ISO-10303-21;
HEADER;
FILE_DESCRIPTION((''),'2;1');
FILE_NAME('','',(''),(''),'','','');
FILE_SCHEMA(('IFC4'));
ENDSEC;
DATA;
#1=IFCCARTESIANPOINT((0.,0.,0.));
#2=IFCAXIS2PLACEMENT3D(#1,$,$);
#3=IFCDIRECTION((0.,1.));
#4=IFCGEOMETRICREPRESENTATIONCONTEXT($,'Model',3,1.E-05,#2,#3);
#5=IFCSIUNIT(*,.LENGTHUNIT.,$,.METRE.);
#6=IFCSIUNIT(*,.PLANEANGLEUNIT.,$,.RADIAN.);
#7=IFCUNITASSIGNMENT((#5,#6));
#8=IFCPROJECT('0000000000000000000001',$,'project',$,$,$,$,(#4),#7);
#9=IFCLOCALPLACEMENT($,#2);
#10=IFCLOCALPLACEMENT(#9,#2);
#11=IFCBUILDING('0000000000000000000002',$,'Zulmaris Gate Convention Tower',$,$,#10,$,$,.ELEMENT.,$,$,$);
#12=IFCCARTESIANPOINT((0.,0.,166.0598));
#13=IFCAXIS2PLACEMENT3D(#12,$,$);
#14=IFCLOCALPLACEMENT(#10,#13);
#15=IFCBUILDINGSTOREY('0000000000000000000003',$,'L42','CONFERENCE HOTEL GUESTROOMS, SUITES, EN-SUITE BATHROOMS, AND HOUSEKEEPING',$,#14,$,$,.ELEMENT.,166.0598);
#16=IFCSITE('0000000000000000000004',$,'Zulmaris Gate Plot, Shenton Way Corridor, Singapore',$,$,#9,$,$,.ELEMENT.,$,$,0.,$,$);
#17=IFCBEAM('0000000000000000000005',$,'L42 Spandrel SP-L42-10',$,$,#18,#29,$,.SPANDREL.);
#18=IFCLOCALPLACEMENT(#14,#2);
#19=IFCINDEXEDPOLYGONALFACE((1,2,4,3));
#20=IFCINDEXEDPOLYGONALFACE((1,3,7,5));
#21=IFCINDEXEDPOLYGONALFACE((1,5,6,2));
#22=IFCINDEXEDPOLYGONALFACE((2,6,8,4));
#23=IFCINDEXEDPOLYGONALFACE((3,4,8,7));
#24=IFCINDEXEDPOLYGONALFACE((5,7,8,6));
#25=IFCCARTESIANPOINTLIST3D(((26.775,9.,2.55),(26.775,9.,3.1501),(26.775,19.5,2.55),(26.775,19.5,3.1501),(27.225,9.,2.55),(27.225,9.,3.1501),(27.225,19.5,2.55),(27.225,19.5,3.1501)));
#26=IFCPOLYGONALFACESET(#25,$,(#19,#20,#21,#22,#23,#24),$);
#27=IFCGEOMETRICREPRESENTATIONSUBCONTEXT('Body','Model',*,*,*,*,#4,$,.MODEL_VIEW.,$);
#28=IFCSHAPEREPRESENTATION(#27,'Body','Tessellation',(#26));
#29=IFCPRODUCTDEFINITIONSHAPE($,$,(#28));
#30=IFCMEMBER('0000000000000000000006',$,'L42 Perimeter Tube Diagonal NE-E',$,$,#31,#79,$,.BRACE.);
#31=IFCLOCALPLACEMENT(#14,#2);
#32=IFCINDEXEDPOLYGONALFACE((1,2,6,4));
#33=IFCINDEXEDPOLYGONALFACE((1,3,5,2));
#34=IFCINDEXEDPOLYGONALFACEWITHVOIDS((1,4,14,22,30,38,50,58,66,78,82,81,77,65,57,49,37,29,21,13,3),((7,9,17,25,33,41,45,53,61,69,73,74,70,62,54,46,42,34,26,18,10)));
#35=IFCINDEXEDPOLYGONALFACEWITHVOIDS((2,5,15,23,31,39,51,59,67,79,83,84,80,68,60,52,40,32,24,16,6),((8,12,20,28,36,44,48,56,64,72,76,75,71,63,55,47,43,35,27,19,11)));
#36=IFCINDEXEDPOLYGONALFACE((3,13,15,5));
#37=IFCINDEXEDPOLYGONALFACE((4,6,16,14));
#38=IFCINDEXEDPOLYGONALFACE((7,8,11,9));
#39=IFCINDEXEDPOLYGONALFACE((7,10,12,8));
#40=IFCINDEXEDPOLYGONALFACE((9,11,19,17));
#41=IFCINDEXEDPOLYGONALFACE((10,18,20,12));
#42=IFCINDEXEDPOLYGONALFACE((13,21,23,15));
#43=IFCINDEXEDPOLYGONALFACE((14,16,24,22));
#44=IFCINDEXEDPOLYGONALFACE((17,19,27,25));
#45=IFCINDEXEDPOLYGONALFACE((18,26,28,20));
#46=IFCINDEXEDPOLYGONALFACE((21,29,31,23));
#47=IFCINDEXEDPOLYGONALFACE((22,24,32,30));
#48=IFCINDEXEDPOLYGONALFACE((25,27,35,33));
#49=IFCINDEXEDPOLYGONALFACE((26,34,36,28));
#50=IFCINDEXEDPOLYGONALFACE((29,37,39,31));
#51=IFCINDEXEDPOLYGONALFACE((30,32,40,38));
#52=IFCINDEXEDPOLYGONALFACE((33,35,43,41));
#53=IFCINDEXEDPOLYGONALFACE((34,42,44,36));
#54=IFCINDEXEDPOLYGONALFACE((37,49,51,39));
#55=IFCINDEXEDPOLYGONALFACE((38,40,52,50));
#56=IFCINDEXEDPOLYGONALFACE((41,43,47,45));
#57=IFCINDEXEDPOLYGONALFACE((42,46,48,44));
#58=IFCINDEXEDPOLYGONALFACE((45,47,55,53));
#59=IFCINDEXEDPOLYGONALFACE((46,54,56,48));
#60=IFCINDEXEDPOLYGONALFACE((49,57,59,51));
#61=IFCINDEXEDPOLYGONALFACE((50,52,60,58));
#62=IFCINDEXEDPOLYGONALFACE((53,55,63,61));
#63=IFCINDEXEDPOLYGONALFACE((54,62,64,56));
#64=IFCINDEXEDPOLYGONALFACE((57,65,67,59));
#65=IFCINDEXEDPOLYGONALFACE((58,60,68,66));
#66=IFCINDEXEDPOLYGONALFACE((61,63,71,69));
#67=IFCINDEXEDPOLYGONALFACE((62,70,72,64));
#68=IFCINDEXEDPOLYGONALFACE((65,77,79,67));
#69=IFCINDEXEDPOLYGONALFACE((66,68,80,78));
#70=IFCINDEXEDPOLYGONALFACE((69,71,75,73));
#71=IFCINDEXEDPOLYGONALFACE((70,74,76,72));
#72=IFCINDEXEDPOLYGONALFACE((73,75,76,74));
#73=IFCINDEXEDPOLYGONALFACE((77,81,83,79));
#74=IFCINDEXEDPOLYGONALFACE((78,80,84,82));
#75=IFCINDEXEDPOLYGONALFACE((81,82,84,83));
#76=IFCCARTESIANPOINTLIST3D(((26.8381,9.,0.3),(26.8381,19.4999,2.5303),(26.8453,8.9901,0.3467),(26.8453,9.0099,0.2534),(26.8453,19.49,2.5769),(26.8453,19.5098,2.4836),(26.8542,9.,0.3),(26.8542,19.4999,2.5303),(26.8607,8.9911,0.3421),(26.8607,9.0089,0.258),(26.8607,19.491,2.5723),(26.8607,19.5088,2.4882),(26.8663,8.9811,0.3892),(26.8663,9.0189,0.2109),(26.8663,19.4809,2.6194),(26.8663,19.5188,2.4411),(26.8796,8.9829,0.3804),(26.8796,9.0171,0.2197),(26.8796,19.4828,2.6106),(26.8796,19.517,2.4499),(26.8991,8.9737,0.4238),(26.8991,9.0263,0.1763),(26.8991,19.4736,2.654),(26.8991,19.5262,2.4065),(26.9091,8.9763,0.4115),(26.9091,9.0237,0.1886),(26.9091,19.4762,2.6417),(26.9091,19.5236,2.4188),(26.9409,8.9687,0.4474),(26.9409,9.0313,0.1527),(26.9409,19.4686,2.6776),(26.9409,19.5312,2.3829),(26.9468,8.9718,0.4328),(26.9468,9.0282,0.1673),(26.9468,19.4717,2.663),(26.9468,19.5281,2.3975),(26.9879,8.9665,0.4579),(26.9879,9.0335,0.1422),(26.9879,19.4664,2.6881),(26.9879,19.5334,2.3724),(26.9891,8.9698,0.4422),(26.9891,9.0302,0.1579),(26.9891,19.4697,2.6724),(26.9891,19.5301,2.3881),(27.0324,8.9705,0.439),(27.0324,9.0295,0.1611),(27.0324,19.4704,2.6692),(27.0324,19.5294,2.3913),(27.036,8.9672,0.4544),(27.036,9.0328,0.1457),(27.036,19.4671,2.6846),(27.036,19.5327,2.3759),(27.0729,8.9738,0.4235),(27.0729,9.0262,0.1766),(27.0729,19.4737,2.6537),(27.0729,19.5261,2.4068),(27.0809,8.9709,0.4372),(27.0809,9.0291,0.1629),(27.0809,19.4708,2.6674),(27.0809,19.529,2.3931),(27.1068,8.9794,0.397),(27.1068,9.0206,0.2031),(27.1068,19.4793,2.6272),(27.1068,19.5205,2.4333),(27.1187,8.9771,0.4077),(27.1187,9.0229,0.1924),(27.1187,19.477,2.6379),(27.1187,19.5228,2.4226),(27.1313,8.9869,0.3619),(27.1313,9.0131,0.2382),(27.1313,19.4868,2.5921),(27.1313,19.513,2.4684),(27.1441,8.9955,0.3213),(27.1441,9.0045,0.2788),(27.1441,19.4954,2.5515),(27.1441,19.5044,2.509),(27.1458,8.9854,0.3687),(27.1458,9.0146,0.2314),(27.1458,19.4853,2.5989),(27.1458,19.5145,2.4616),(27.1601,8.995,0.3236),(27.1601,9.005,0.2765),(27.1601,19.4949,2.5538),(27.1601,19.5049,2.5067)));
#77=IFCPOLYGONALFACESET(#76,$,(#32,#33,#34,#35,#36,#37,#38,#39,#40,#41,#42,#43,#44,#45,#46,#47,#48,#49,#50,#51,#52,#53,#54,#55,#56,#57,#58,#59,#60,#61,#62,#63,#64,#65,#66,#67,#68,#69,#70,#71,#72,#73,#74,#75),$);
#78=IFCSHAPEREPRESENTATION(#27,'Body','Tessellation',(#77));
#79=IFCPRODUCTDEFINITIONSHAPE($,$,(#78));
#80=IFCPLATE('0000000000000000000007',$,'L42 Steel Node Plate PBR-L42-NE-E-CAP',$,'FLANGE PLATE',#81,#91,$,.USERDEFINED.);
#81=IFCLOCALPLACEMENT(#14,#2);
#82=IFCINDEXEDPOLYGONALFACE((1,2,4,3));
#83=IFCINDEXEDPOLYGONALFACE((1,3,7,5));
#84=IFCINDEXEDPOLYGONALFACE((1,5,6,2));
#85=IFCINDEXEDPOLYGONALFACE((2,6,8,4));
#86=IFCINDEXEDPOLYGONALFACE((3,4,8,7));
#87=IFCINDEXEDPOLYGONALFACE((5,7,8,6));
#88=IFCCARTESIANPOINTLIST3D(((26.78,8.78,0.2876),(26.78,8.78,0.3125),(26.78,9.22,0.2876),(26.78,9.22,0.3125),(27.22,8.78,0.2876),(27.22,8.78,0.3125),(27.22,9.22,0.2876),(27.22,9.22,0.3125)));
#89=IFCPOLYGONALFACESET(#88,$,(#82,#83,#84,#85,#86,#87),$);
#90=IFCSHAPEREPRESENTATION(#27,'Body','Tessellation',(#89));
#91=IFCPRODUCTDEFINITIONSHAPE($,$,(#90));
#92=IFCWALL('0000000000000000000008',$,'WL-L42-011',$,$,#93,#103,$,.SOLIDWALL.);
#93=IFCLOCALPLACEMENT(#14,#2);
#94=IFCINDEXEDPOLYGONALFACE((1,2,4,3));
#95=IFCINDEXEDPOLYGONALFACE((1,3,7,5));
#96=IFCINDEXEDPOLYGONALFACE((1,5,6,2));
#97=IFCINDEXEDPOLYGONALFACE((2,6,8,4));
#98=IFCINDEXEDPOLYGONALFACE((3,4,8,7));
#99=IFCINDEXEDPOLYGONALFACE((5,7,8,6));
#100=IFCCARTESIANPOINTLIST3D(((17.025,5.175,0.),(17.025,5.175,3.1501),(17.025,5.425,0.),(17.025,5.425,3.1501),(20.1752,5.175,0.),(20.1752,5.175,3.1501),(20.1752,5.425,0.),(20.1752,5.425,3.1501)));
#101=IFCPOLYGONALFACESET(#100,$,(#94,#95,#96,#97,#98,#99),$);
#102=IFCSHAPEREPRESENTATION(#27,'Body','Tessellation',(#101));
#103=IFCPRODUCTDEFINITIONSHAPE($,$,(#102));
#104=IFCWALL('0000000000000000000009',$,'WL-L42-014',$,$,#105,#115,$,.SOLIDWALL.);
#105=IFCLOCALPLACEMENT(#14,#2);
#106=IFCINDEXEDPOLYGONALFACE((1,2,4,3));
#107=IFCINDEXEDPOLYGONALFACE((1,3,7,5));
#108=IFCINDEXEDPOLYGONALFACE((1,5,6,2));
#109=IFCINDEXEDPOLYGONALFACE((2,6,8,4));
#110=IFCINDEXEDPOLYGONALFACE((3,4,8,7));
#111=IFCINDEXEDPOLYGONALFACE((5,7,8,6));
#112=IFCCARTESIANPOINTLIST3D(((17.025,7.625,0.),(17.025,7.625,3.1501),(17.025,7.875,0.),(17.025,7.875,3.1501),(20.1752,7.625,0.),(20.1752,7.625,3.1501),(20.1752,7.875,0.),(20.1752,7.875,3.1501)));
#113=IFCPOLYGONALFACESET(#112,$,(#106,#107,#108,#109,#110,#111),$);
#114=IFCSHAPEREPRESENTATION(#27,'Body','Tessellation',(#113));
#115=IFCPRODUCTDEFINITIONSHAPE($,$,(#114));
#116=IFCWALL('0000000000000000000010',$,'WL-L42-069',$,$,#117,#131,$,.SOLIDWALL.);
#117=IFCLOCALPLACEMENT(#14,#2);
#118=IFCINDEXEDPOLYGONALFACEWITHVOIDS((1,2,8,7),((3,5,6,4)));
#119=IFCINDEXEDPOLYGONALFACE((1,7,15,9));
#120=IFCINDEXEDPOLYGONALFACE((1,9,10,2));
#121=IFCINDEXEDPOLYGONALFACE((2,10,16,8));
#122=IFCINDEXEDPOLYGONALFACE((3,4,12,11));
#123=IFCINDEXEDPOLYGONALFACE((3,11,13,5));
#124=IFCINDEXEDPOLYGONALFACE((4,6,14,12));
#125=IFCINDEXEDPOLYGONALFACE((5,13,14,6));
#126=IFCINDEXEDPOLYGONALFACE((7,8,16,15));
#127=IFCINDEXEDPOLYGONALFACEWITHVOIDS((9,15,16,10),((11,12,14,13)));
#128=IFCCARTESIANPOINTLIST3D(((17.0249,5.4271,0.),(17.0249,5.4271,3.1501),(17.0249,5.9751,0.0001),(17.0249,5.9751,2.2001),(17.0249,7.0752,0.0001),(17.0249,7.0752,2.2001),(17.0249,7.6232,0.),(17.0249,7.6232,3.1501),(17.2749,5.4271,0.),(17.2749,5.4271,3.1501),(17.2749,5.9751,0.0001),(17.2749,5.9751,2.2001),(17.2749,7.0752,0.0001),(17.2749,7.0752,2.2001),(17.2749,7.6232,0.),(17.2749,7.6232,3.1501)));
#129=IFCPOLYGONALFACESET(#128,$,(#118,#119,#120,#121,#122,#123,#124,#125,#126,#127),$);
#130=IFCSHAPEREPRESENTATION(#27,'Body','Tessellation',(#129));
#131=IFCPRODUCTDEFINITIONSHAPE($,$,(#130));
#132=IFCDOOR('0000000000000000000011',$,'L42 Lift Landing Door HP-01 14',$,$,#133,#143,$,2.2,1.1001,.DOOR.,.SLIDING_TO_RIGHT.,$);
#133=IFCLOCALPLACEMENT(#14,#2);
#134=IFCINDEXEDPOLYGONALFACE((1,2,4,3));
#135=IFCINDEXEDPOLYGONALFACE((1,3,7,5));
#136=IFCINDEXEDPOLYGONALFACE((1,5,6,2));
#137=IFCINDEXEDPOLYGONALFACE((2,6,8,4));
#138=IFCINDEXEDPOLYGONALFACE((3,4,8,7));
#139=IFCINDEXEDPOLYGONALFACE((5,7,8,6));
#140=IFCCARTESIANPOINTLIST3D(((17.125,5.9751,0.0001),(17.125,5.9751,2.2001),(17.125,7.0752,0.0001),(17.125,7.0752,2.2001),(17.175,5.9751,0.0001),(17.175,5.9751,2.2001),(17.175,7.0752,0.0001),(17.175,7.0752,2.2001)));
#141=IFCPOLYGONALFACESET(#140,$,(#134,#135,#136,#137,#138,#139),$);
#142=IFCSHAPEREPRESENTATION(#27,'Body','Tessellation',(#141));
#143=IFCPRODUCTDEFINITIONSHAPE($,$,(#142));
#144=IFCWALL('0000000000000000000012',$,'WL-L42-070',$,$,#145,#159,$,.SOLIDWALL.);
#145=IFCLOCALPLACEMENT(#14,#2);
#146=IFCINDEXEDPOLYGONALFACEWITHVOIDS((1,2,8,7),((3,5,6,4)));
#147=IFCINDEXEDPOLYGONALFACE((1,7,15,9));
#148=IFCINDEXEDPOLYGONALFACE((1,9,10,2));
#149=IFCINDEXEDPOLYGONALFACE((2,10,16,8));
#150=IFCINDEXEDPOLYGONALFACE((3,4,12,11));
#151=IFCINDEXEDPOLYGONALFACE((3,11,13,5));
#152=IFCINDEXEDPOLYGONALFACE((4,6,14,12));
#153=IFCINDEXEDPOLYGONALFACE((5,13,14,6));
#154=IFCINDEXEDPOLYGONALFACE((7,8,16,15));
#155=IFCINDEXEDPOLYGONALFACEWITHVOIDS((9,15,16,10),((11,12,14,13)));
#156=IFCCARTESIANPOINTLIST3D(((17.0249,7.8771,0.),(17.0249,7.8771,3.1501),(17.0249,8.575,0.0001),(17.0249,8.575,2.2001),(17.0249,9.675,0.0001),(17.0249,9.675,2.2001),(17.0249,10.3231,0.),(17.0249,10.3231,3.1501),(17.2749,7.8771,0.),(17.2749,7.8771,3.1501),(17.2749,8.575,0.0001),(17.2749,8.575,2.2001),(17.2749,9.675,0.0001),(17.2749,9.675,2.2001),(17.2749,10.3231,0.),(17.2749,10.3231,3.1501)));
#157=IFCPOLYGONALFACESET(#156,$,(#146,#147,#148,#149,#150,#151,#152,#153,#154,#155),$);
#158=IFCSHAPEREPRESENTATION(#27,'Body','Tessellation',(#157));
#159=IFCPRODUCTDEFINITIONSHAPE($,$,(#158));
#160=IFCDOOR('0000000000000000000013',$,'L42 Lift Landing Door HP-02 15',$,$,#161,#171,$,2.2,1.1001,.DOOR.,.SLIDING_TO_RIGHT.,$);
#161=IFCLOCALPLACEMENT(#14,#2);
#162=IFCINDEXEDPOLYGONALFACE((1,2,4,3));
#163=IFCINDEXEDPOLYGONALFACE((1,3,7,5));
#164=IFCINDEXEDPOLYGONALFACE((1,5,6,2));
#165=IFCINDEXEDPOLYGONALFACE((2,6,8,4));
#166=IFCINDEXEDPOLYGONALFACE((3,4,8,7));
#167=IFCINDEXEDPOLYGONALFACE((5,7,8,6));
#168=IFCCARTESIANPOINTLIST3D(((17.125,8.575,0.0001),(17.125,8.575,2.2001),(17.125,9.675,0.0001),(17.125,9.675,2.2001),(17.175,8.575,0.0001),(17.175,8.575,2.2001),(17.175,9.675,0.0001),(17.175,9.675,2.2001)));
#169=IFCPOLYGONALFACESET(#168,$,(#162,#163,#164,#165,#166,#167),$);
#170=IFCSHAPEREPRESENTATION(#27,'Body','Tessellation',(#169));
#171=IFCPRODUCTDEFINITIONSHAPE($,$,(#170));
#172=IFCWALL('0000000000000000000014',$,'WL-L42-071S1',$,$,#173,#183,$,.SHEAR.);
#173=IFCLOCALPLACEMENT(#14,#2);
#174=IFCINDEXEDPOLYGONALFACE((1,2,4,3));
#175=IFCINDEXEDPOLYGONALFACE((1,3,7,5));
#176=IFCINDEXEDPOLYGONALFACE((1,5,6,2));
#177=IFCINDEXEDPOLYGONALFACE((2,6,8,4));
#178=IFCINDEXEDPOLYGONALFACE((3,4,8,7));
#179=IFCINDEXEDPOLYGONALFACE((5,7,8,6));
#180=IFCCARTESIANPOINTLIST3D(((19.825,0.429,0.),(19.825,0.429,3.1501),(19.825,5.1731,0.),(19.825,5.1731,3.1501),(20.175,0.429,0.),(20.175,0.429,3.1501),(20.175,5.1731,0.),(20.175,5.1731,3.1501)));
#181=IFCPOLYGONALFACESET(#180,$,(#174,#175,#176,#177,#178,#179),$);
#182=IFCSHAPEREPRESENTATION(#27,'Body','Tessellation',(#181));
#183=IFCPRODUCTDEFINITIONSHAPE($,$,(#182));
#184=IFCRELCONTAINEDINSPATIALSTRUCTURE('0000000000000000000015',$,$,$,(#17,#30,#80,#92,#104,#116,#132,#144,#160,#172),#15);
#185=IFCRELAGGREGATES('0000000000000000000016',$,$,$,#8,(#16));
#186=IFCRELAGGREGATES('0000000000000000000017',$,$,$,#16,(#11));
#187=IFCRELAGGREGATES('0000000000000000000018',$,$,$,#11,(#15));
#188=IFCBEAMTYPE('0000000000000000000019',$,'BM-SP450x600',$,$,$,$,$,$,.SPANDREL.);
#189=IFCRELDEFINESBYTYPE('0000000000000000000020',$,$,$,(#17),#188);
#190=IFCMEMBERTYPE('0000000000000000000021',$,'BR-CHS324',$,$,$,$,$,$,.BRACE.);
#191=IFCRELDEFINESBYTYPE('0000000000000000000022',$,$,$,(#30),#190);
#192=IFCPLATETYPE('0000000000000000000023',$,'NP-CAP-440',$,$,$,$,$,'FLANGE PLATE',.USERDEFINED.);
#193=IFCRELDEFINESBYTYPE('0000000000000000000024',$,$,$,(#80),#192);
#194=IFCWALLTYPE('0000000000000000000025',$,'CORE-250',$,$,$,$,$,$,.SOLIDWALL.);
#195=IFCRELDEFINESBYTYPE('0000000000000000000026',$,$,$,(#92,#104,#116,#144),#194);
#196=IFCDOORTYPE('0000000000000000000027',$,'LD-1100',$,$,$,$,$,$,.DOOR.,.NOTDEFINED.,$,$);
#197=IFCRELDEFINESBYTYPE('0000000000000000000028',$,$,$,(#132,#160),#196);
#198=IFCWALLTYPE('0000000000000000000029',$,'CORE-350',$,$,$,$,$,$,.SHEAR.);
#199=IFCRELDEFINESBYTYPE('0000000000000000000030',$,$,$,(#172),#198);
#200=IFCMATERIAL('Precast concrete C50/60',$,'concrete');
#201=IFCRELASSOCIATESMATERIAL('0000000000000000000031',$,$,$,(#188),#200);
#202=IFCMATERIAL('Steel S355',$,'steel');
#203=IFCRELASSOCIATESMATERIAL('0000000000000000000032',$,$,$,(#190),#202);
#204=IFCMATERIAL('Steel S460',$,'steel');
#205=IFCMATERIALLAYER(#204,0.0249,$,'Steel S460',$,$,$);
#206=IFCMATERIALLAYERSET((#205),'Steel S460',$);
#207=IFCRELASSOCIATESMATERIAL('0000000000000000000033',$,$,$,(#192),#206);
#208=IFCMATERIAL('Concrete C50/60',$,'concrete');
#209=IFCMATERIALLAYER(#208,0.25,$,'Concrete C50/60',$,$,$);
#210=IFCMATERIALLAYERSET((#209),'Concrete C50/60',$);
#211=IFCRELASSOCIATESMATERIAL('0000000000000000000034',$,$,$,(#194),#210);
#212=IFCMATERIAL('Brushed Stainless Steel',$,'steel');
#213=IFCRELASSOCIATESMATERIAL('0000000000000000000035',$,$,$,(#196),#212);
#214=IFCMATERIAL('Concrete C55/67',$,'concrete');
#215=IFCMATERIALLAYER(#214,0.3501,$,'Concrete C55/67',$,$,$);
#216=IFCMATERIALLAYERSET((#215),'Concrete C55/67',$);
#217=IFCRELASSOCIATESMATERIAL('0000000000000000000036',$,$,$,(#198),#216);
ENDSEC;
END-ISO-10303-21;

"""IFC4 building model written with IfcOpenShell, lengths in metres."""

from ifc_helpers import new_model, si_unit, direction, frame, frame_2d, origin, origin_2d, place, context, subcontext, project, spatial, rectangle, hollow_circle, extrude, material, layer, layer_set, material_profile, profile_set, type_object, element, fill, save


model = new_model("IFC4")

# Units and contexts
model_context = context("Model", 3, precision=1e-05, world=origin(), true_north=direction((0.0, 1.0)))
body_context = subcontext(model_context, "Body", "Model", "MODEL_VIEW")
ifc_project = project(units=[si_unit("LENGTHUNIT", "METRE"), si_unit("PLANEANGLEUNIT", "RADIAN")], contexts=[model_context])

# Site, building, storey
site_placement = place(None, origin())
site = spatial("IfcSite", under=ifc_project, at=site_placement, Name="Zulmaris Gate Plot, Shenton Way Corridor, Singapore", CompositionType="ELEMENT", RefElevation=0.0)
building_placement = place(site_placement, origin())
building = spatial("IfcBuilding", under=site, at=building_placement, Name="Zulmaris Gate Convention Tower", CompositionType="ELEMENT")
storey_placement = place(building_placement, frame((0.0, 0.0, 166.0598)))
storey = spatial("IfcBuildingStorey", under=building, at=storey_placement, Name="L42", Description="CONFERENCE HOTEL GUESTROOMS, SUITES, EN-SUITE BATHROOMS, AND HOUSEKEEPING", CompositionType="ELEMENT", Elevation=166.0598)

# Beam
ifc_material_1 = material(Name="Steel S355", Category="steel")
ifc_material_2 = material(Name="Concrete C50/60", Category="concrete")
ifc_material_3 = material(Name="Precast concrete C50/60", Category="concrete")
ifc_material_profile_1 = material_profile(ifc_material_3, rectangle(XDim=0.45, YDim=0.6001, at=origin_2d()), Name="RC SPANDREL 450x600")
ifc_profile_set_1 = profile_set([ifc_material_profile_1], Name="Precast concrete C50/60")
beam_type_1 = type_object("IfcBeamType", Name="BM-SP450x600", PredefinedType="SPANDREL", material=ifc_profile_set_1)
beam_1_placement = place(storey_placement, frame((27.0, 9.0, 2.8501), z_axis=(0.0, 1.0, 0.0), x_axis=(-1.0, 0.0, 0.0)))
element("IfcBeam", 1, at=beam_1_placement, inside=storey, type_object=beam_type_1, Name="L42 Spandrel SP-L42-10", PredefinedType="SPANDREL", context=body_context, shape_type="SweptSolid", body=[
    extrude(rectangle(XDim=0.45, YDim=0.6001, at=origin_2d()), origin(), (0.0, 0.0, 1.0), 10.5),
])

# Member
ifc_material_profile_2 = material_profile(ifc_material_1, hollow_circle(Radius=0.1619, WallThickness=0.0161, at=origin_2d()), Name="CHS 323.9x16")
ifc_profile_set_2 = profile_set([ifc_material_profile_2], Name="Steel S355")
member_type = type_object("IfcMemberType", Name="BR-CHS324", PredefinedType="BRACE", material=ifc_profile_set_2)
member_placement = place(storey_placement, frame((27.0, 9.0, 0.3), z_axis=(0.0, 0.978178, 0.207767), x_axis=(-1.0, 0.0, 0.0)))
element("IfcMember", 2, at=member_placement, inside=storey, type_object=member_type, Name="L42 Perimeter Tube Diagonal NE-E", PredefinedType="BRACE", context=body_context, shape_type="SweptSolid", body=[
    extrude(hollow_circle(Radius=0.1619, WallThickness=0.0161, at=origin_2d()), origin(), (0.0, 0.0, 1.0), 10.7341),
])

# Plate
ifc_material_4 = material(Name="Steel S460", Category="steel")
ifc_layer_1 = layer(ifc_material_4, 0.0249, Name="Steel S460")
ifc_layer_set_1 = layer_set([ifc_layer_1], Name="Steel S460")
plate_type = type_object("IfcPlateType", Name="NP-CAP-440", ElementType="FLANGE PLATE", PredefinedType="USERDEFINED", material=ifc_layer_set_1)
plate_placement = place(storey_placement, frame((27.0, 9.0, 0.2876), z_axis=(0.0, 0.0, 1.0), x_axis=(1.0, 0.0, 0.0)))
element("IfcPlate", 3, at=plate_placement, inside=storey, type_object=plate_type, Name="L42 Steel Node Plate PBR-L42-NE-E-CAP", ObjectType="FLANGE PLATE", PredefinedType="USERDEFINED", context=body_context, shape_type="SweptSolid", body=[
    extrude(rectangle(XDim=0.4399, YDim=0.4399, at=origin_2d()), origin(), (0.0, 0.0, 1.0), 0.0249),
])

# Walls
ifc_layer_2 = layer(ifc_material_2, 0.25, Name="Concrete C50/60")
ifc_layer_set_2 = layer_set([ifc_layer_2], Name="Concrete C50/60")
wall_type_1 = type_object("IfcWallType", Name="CORE-250", PredefinedType="SOLIDWALL", material=ifc_layer_set_2)
for number, where, z_axis, x_axis, name in (
    (4, (17.0249, 5.3, 0.0), (0.0, 0.0, 1.0), (1.0, 0.0, 0.0), "WL-L42-011"),
    (5, (17.0249, 7.75, 0.0), (0.0, 0.0, 1.0), (1.0, 0.0, 0.0), "WL-L42-014"),
):
    element("IfcWall", number, at=place(storey_placement, frame(where, z_axis=z_axis, x_axis=x_axis)), inside=storey, type_object=wall_type_1, Name=name, PredefinedType="SOLIDWALL", context=body_context, shape_type="SweptSolid", body=[
        extrude(rectangle(XDim=3.1501, YDim=0.25, at=frame_2d((1.5752, 0.0))), origin(), (0.0, 0.0, 1.0), 3.1501),
    ])

# Walls, openings, doors
wall_1_placement = place(storey_placement, frame((17.1499, 5.427, 0.0), z_axis=(0.0, 0.0, 1.0), x_axis=(0.0, 1.0, 0.0)))
wall_1 = element("IfcWall", 6, at=wall_1_placement, inside=storey, type_object=wall_type_1, Name="WL-L42-069", PredefinedType="SOLIDWALL", context=body_context, shape_type="SweptSolid", body=[
    extrude(rectangle(XDim=2.196, YDim=0.25, at=frame_2d((1.0981, 0.0))), origin(), (0.0, 0.0, 1.0), 3.1501),
])
opening_1_placement = place(wall_1_placement, frame((0.5481, 0.0, 0.0)))
opening_1 = element("IfcOpeningElement", 7, at=opening_1_placement, cuts=wall_1, PredefinedType="OPENING", context=body_context, shape_type="SweptSolid", body=[
    extrude(rectangle(XDim=1.1001, YDim=2.2, at=frame_2d((0.55, 1.1001))), frame((0.0, 0.135, 0.0), z_axis=(0.0, -1.0, 0.0), x_axis=(1.0, 0.0, 0.0)), (0.0, 0.0, 1.0), 0.27),
])
ifc_material_5 = material(Name="Brushed Stainless Steel", Category="steel")
door_type = type_object("IfcDoorType", Name="LD-1100", OperationType="NOTDEFINED", PredefinedType="DOOR", material=ifc_material_5)
door_1_placement = place(opening_1_placement, origin())
door_1 = element("IfcDoor", 8, at=door_1_placement, inside=storey, type_object=door_type, Name="L42 Lift Landing Door HP-01 14", OperationType="SLIDING_TO_RIGHT", OverallHeight=2.2, OverallWidth=1.1001, PredefinedType="DOOR", context=body_context, shape_type="SweptSolid", body=[
    extrude(rectangle(XDim=1.1001, YDim=2.2, at=frame_2d((0.55, 1.1001))), frame((0.0, 0.0249, 0.0), z_axis=(0.0, -1.0, 0.0), x_axis=(1.0, 0.0, 0.0)), (0.0, 0.0, 1.0), 0.05),
])
fill(opening_1, door_1)
wall_2_placement = place(storey_placement, frame((17.1499, 7.877, 0.0), z_axis=(0.0, 0.0, 1.0), x_axis=(0.0, 1.0, 0.0)))
wall_2 = element("IfcWall", 9, at=wall_2_placement, inside=storey, type_object=wall_type_1, Name="WL-L42-070", PredefinedType="SOLIDWALL", context=body_context, shape_type="SweptSolid", body=[
    extrude(rectangle(XDim=2.446, YDim=0.25, at=frame_2d((1.2231, 0.0))), origin(), (0.0, 0.0, 1.0), 3.1501),
])
opening_2_placement = place(wall_2_placement, frame((0.698, 0.0, 0.0)))
opening_2 = element("IfcOpeningElement", 10, at=opening_2_placement, cuts=wall_2, PredefinedType="OPENING", context=body_context, shape_type="SweptSolid", body=[
    extrude(rectangle(XDim=1.1001, YDim=2.2, at=frame_2d((0.55, 1.1001))), frame((0.0, 0.135, 0.0), z_axis=(0.0, -1.0, 0.0), x_axis=(1.0, 0.0, 0.0)), (0.0, 0.0, 1.0), 0.27),
])
door_2_placement = place(opening_2_placement, origin())
door_2 = element("IfcDoor", 11, at=door_2_placement, inside=storey, type_object=door_type, Name="L42 Lift Landing Door HP-02 15", OperationType="SLIDING_TO_RIGHT", OverallHeight=2.2, OverallWidth=1.1001, PredefinedType="DOOR", context=body_context, shape_type="SweptSolid", body=[
    extrude(rectangle(XDim=1.1001, YDim=2.2, at=frame_2d((0.55, 1.1001))), frame((0.0, 0.0249, 0.0), z_axis=(0.0, -1.0, 0.0), x_axis=(1.0, 0.0, 0.0)), (0.0, 0.0, 1.0), 0.05),
])
fill(opening_2, door_2)

# Wall
ifc_material_6 = material(Name="Concrete C55/67", Category="concrete")
ifc_layer_3 = layer(ifc_material_6, 0.3501, Name="Concrete C55/67")
ifc_layer_set_3 = layer_set([ifc_layer_3], Name="Concrete C55/67")
wall_type_2 = type_object("IfcWallType", Name="CORE-350", PredefinedType="SHEAR", material=ifc_layer_set_3)
wall_3_placement = place(storey_placement, frame((20.0, 0.429, 0.0), z_axis=(0.0, 0.0, 1.0), x_axis=(0.0, 1.0, 0.0)))
element("IfcWall", 12, at=wall_3_placement, inside=storey, type_object=wall_type_2, Name="WL-L42-071S1", PredefinedType="SHEAR", context=body_context, shape_type="SweptSolid", body=[
    extrude(rectangle(XDim=4.7441, YDim=0.3501, at=frame_2d((2.3721, 0.0))), origin(), (0.0, 0.0, 1.0), 3.1501),
])

save(model, "model.ifc")
